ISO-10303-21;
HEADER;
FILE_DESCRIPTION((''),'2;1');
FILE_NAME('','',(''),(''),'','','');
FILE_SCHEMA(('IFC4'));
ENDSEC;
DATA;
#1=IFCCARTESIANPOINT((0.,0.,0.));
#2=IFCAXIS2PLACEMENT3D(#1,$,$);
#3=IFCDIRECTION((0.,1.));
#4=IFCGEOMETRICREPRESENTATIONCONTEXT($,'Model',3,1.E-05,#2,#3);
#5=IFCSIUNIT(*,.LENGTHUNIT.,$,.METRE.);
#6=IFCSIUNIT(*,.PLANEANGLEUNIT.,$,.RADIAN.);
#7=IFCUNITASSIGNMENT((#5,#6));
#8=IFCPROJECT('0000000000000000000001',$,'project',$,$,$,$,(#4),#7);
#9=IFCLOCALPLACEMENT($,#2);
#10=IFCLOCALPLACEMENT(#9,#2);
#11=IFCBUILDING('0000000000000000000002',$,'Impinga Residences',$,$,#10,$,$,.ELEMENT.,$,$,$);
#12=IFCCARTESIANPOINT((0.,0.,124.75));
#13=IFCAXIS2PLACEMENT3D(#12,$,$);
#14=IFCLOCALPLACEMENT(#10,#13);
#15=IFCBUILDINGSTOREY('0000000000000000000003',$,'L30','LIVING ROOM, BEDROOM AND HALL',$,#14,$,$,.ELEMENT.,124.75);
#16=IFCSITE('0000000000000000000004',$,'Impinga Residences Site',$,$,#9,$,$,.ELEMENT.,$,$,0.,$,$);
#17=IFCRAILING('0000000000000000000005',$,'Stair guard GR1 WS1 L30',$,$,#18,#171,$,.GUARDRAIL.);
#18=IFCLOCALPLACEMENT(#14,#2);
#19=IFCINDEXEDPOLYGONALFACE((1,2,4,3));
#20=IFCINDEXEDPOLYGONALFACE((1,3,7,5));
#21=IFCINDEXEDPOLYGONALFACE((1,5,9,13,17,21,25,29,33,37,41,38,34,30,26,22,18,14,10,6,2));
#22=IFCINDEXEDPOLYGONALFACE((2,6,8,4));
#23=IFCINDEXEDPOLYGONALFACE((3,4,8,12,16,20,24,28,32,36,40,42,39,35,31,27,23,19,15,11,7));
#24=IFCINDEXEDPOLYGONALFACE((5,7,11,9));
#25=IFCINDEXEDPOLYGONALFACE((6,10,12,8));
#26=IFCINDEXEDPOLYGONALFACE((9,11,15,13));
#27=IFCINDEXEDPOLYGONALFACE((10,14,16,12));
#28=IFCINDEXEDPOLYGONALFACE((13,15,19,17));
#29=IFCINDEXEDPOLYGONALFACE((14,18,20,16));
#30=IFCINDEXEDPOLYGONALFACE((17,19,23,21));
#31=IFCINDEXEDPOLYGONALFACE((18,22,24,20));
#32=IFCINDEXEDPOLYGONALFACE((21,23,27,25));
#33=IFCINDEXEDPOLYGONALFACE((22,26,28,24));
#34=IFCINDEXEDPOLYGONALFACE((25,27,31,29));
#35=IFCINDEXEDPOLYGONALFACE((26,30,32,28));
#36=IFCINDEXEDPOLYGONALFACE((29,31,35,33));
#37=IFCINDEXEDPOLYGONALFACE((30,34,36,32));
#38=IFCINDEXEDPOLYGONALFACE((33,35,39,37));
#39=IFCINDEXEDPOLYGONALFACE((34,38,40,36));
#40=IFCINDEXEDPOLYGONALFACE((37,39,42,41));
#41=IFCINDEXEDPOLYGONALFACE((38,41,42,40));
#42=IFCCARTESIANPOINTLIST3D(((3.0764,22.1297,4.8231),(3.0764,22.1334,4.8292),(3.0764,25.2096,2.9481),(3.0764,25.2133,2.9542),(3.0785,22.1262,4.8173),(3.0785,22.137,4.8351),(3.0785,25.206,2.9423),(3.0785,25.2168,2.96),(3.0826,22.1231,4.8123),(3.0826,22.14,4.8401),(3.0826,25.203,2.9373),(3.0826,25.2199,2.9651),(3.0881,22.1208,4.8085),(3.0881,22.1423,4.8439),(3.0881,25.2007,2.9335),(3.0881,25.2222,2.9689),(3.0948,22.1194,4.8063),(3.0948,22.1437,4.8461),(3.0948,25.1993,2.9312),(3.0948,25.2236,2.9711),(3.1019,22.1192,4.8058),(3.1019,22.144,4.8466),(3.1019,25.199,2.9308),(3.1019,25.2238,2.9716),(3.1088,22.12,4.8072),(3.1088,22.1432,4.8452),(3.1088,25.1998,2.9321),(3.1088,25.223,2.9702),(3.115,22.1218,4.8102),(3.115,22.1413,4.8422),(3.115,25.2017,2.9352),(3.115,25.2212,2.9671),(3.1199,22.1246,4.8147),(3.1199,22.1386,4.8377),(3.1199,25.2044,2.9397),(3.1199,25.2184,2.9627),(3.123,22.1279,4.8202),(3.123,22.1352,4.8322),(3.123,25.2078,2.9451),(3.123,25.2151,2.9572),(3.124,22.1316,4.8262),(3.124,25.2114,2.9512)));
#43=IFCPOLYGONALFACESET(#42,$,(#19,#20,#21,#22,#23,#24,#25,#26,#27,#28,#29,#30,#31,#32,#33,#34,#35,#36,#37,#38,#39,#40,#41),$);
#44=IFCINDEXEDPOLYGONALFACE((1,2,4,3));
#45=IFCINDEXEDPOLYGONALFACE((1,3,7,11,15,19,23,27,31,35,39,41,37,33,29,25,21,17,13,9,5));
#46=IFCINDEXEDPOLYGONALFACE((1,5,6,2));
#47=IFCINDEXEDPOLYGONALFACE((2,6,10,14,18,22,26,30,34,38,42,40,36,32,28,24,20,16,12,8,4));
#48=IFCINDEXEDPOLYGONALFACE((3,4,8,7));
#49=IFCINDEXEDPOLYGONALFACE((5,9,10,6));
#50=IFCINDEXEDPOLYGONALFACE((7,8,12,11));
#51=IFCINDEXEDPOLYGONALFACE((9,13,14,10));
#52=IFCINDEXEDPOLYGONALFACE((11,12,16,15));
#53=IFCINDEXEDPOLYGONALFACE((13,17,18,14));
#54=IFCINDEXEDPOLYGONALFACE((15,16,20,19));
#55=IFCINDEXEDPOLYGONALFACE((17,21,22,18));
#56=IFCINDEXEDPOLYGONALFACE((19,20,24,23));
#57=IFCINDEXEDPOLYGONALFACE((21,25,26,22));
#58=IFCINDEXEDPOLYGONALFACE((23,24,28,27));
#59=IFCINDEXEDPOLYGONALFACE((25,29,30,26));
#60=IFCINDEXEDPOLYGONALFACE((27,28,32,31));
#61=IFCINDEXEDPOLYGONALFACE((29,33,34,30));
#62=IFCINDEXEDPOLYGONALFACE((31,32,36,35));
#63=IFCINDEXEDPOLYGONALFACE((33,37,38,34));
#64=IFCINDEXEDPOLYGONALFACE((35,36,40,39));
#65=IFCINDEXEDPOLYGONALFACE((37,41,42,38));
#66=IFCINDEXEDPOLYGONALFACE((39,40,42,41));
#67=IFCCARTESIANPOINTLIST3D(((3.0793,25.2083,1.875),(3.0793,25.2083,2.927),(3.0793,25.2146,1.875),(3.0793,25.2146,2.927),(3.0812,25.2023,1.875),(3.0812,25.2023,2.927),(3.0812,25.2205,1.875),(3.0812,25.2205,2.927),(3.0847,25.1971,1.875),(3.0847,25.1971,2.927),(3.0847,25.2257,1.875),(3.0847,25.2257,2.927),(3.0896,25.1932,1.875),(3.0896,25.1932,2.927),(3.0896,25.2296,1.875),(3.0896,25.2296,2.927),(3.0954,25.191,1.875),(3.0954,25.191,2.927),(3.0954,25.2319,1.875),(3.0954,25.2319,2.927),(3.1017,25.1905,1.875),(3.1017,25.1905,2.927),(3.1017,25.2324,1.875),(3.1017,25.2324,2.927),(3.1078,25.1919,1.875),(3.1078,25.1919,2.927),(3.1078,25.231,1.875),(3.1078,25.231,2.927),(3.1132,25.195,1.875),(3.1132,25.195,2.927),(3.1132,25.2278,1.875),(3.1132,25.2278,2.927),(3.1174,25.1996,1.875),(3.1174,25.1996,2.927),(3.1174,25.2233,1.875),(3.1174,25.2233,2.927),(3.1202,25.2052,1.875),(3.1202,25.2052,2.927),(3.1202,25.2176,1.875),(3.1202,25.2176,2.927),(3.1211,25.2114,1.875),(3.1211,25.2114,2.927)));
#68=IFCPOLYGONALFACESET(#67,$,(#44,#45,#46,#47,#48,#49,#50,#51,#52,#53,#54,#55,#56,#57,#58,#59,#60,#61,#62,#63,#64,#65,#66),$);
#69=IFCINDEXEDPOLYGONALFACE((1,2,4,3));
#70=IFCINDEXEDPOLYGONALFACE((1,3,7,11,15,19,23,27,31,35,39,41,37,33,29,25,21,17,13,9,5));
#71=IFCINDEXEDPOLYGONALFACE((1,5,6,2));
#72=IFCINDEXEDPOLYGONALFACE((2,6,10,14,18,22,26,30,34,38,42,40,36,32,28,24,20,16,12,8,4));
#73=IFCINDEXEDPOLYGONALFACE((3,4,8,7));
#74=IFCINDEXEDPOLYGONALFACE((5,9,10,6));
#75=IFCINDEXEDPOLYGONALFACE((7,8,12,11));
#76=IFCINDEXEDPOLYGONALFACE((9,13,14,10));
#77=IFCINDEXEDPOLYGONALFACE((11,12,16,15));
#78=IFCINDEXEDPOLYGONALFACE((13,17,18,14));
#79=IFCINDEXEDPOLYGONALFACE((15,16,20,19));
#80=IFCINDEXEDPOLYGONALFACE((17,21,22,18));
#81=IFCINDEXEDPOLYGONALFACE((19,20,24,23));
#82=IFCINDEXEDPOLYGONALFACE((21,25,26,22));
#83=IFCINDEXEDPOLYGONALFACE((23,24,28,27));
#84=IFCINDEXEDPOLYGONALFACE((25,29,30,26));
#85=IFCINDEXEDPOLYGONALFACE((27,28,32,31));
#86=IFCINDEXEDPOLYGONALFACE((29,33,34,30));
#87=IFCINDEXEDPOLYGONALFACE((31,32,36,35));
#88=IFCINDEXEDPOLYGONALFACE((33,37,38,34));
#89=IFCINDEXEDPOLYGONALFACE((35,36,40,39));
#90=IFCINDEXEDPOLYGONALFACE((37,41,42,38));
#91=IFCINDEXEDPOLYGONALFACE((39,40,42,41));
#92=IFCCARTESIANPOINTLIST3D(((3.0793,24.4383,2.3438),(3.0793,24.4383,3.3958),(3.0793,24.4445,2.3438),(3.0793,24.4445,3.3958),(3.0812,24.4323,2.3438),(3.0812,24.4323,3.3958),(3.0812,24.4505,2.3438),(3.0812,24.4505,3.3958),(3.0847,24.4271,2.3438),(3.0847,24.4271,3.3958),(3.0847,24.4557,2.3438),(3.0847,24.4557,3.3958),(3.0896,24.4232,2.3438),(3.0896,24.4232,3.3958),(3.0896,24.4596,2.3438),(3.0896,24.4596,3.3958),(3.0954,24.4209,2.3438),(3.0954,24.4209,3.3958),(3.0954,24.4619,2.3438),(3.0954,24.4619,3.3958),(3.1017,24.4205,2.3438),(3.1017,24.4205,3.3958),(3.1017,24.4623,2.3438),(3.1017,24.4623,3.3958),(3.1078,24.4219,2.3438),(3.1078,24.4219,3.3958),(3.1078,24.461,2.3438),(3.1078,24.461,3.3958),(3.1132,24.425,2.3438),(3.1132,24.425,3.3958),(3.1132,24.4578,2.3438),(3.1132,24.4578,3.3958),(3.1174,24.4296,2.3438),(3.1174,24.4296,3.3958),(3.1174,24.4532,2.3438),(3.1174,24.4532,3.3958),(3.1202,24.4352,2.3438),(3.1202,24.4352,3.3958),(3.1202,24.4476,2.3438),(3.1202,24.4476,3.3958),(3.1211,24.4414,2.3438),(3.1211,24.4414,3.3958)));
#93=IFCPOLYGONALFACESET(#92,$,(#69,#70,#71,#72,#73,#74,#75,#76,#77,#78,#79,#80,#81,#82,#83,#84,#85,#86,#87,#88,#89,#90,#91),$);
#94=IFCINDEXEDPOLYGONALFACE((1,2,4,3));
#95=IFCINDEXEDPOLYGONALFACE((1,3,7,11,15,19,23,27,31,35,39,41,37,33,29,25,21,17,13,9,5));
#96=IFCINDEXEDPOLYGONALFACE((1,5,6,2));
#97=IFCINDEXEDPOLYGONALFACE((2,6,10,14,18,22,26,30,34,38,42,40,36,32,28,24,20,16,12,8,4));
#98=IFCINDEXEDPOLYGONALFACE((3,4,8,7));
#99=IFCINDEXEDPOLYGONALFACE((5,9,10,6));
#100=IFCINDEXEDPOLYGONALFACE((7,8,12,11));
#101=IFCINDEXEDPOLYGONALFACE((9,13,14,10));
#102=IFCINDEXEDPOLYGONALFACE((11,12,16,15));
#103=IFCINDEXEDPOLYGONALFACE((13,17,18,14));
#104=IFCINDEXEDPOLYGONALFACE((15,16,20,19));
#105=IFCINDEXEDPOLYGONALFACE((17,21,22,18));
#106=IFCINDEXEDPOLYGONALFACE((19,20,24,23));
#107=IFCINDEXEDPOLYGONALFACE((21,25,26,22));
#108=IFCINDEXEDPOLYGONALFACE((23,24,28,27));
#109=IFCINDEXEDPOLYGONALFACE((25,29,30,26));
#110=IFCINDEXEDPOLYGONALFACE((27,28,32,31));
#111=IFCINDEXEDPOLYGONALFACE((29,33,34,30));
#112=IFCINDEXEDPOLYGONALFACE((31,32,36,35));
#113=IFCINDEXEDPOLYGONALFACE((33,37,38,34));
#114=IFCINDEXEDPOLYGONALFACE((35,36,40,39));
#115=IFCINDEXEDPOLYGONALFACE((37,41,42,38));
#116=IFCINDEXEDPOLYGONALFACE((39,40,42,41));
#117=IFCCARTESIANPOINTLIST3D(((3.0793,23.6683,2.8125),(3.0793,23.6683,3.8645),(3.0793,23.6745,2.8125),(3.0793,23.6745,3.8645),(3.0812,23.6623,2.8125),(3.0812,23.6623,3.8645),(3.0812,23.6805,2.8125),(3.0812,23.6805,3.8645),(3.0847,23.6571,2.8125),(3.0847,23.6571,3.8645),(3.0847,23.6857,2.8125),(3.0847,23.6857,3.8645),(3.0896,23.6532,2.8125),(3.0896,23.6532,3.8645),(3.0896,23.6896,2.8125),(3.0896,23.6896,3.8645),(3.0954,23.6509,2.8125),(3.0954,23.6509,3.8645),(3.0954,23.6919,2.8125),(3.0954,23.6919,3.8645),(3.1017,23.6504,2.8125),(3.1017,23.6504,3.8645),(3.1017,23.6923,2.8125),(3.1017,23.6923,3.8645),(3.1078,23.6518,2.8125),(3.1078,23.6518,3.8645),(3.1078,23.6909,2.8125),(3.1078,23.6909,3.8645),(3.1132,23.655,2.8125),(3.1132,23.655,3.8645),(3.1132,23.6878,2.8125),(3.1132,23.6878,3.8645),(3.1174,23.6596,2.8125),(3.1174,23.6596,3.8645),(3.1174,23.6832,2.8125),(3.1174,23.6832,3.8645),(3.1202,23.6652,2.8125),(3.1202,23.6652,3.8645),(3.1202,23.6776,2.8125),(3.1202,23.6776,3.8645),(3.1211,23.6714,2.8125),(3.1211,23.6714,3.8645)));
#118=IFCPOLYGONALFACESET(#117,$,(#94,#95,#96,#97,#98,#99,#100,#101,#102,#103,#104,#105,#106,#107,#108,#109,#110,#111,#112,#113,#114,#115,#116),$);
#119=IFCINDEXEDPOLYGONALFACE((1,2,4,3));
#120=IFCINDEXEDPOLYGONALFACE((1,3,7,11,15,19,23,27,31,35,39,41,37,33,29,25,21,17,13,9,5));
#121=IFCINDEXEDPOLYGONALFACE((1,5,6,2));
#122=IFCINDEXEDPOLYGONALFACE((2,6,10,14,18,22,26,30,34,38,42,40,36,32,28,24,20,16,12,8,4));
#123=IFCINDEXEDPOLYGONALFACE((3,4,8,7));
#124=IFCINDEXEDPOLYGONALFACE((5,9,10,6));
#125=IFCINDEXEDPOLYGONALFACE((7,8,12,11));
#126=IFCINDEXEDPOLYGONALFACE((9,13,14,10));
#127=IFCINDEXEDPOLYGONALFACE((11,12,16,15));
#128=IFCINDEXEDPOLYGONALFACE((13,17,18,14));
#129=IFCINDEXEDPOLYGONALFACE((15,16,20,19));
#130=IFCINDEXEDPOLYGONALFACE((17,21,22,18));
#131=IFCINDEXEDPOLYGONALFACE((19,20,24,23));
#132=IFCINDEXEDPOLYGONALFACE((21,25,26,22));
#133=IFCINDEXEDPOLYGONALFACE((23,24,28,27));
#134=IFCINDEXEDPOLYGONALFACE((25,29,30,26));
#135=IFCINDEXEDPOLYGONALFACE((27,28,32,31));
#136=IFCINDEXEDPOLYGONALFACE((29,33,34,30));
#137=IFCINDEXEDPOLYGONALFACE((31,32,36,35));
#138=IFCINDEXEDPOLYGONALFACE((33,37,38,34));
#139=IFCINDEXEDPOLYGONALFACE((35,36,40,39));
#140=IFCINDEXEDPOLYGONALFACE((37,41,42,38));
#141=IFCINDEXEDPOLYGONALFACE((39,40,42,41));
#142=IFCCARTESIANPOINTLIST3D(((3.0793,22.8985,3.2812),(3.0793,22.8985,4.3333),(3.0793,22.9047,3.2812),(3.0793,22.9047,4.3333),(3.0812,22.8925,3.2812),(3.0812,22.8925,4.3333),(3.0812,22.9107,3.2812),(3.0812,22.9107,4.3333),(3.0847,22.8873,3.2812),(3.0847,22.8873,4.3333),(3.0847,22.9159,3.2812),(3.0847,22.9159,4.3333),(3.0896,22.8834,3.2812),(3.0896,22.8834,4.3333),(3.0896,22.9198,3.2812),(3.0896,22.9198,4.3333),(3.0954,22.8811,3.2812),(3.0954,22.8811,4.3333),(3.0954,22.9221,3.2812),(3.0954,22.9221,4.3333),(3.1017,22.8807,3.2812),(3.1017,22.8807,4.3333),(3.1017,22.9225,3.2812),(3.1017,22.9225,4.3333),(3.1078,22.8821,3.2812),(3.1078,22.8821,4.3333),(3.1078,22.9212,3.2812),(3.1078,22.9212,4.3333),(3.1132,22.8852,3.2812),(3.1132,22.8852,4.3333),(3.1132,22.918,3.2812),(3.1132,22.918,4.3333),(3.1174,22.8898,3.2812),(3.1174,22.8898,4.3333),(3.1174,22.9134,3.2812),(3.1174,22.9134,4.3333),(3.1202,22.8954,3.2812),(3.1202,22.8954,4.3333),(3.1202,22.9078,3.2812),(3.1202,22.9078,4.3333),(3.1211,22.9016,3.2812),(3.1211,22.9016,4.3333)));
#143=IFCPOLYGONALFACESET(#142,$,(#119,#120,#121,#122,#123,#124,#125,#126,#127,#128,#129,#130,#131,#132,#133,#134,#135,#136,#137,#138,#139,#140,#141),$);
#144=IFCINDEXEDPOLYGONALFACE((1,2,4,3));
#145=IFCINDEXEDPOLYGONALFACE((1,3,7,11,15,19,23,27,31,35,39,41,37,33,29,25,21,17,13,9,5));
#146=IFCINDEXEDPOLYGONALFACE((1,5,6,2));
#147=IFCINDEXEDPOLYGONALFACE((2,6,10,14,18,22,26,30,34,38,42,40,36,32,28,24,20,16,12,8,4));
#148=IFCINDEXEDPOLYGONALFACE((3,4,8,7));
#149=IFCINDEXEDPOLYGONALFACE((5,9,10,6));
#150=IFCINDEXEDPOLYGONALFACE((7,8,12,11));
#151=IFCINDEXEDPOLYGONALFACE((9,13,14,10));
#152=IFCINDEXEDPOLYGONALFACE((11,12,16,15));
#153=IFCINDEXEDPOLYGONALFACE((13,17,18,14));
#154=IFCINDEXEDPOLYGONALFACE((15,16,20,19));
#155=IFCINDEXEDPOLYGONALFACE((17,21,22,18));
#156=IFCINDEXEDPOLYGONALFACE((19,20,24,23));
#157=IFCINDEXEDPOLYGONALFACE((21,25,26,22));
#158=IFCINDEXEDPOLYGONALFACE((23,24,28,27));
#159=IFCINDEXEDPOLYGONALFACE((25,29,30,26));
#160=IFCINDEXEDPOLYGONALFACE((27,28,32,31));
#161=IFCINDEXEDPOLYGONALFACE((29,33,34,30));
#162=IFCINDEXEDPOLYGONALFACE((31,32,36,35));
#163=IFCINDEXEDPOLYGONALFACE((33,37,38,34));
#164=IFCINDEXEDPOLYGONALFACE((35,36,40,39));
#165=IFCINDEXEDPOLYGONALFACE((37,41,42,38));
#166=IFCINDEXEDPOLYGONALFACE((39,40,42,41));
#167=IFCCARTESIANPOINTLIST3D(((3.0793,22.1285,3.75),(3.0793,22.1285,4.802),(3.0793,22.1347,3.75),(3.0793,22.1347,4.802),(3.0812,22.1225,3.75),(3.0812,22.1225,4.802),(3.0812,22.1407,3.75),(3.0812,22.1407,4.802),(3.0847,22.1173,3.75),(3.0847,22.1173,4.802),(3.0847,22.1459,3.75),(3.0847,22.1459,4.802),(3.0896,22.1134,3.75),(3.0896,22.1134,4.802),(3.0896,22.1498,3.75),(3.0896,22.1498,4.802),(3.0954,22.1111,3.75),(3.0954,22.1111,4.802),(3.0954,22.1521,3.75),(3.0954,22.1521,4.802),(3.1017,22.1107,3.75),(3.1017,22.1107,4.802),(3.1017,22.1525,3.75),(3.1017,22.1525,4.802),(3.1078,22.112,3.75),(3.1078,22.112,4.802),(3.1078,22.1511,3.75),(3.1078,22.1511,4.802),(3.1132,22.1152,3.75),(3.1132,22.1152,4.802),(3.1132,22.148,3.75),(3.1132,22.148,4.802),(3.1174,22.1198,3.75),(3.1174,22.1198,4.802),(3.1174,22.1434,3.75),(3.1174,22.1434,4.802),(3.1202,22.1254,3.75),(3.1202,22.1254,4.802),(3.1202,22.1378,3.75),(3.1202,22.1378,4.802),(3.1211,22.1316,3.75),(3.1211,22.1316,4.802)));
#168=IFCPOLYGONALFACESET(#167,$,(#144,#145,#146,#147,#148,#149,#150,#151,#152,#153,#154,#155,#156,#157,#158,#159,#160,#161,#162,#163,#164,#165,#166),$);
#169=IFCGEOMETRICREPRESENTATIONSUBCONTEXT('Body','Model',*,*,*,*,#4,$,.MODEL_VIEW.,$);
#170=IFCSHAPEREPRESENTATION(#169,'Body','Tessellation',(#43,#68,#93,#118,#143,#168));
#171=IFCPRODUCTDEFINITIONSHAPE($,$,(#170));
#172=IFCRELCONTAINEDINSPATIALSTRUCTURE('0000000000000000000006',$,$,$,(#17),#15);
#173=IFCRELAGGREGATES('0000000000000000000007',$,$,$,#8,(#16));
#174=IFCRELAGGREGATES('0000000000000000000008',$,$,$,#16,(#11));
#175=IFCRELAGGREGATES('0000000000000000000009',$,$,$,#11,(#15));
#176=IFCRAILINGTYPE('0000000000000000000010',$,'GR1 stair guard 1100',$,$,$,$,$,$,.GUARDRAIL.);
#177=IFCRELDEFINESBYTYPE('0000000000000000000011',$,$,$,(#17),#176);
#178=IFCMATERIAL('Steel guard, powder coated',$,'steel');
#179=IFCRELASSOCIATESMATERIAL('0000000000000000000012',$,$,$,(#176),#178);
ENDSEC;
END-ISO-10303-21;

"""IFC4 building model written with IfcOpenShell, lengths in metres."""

from ifc_helpers import new_model, si_unit, direction, frame, origin, origin_2d, place, context, subcontext, project, spatial, circle, extrude, material, type_object, element, save


model = new_model("IFC4")

# Units and contexts
model_context = context("Model", 3, precision=1e-05, world=origin(), true_north=direction((0.0, 1.0)))
body_context = subcontext(model_context, "Body", "Model", "MODEL_VIEW")
ifc_project = project(units=[si_unit("LENGTHUNIT", "METRE"), si_unit("PLANEANGLEUNIT", "RADIAN")], contexts=[model_context])

# Site, building, storey
site_placement = place(None, origin())
site = spatial("IfcSite", under=ifc_project, at=site_placement, Name="Impinga Residences Site", CompositionType="ELEMENT", RefElevation=0.0)
building_placement = place(site_placement, origin())
building = spatial("IfcBuilding", under=site, at=building_placement, Name="Impinga Residences", CompositionType="ELEMENT")
storey_placement = place(building_placement, frame((0.0, 0.0, 124.75)))
storey = spatial("IfcBuildingStorey", under=building, at=storey_placement, Name="L30", Description="LIVING ROOM, BEDROOM AND HALL", CompositionType="ELEMENT", Elevation=124.75)

# Railing
ifc_material_1 = material(Name="Steel guard, powder coated", Category="steel")
railing_type_1 = type_object("IfcRailingType", Name="GR1 stair guard 1100", PredefinedType="GUARDRAIL", material=ifc_material_1)
railing_1_placement = place(storey_placement, frame((3.1001, 25.2114, 1.875)))
element("IfcRailing", 1, at=railing_1_placement, inside=storey, type_object=railing_type_1, Name="Stair guard GR1 WS1 L30", PredefinedType="GUARDRAIL", context=body_context, shape_type="SweptSolid", body=[
    extrude(circle(Radius=0.0239, at=origin_2d()), frame((0.0, 0.0, 1.0762), z_axis=(0.0, -0.854159, 0.520011), x_axis=(1.0, 0.0, 0.0)), (0.0, 0.0, 1.0), 3.6057),
    extrude(circle(Radius=0.021, at=origin_2d()), origin(), (0.0, 0.0, 1.0), 1.052),
    extrude(circle(Radius=0.021, at=origin_2d()), frame((0.0, -0.77, 0.4688)), (0.0, 0.0, 1.0), 1.052),
    extrude(circle(Radius=0.021, at=origin_2d()), frame((0.0, -1.54, 0.9375)), (0.0, 0.0, 1.0), 1.052),
    extrude(circle(Radius=0.021, at=origin_2d()), frame((0.0, -2.3098, 1.4062)), (0.0, 0.0, 1.0), 1.052),
    extrude(circle(Radius=0.021, at=origin_2d()), frame((0.0, -3.0798, 1.875)), (0.0, 0.0, 1.0), 1.052),
])

save(model, "model.ifc")
